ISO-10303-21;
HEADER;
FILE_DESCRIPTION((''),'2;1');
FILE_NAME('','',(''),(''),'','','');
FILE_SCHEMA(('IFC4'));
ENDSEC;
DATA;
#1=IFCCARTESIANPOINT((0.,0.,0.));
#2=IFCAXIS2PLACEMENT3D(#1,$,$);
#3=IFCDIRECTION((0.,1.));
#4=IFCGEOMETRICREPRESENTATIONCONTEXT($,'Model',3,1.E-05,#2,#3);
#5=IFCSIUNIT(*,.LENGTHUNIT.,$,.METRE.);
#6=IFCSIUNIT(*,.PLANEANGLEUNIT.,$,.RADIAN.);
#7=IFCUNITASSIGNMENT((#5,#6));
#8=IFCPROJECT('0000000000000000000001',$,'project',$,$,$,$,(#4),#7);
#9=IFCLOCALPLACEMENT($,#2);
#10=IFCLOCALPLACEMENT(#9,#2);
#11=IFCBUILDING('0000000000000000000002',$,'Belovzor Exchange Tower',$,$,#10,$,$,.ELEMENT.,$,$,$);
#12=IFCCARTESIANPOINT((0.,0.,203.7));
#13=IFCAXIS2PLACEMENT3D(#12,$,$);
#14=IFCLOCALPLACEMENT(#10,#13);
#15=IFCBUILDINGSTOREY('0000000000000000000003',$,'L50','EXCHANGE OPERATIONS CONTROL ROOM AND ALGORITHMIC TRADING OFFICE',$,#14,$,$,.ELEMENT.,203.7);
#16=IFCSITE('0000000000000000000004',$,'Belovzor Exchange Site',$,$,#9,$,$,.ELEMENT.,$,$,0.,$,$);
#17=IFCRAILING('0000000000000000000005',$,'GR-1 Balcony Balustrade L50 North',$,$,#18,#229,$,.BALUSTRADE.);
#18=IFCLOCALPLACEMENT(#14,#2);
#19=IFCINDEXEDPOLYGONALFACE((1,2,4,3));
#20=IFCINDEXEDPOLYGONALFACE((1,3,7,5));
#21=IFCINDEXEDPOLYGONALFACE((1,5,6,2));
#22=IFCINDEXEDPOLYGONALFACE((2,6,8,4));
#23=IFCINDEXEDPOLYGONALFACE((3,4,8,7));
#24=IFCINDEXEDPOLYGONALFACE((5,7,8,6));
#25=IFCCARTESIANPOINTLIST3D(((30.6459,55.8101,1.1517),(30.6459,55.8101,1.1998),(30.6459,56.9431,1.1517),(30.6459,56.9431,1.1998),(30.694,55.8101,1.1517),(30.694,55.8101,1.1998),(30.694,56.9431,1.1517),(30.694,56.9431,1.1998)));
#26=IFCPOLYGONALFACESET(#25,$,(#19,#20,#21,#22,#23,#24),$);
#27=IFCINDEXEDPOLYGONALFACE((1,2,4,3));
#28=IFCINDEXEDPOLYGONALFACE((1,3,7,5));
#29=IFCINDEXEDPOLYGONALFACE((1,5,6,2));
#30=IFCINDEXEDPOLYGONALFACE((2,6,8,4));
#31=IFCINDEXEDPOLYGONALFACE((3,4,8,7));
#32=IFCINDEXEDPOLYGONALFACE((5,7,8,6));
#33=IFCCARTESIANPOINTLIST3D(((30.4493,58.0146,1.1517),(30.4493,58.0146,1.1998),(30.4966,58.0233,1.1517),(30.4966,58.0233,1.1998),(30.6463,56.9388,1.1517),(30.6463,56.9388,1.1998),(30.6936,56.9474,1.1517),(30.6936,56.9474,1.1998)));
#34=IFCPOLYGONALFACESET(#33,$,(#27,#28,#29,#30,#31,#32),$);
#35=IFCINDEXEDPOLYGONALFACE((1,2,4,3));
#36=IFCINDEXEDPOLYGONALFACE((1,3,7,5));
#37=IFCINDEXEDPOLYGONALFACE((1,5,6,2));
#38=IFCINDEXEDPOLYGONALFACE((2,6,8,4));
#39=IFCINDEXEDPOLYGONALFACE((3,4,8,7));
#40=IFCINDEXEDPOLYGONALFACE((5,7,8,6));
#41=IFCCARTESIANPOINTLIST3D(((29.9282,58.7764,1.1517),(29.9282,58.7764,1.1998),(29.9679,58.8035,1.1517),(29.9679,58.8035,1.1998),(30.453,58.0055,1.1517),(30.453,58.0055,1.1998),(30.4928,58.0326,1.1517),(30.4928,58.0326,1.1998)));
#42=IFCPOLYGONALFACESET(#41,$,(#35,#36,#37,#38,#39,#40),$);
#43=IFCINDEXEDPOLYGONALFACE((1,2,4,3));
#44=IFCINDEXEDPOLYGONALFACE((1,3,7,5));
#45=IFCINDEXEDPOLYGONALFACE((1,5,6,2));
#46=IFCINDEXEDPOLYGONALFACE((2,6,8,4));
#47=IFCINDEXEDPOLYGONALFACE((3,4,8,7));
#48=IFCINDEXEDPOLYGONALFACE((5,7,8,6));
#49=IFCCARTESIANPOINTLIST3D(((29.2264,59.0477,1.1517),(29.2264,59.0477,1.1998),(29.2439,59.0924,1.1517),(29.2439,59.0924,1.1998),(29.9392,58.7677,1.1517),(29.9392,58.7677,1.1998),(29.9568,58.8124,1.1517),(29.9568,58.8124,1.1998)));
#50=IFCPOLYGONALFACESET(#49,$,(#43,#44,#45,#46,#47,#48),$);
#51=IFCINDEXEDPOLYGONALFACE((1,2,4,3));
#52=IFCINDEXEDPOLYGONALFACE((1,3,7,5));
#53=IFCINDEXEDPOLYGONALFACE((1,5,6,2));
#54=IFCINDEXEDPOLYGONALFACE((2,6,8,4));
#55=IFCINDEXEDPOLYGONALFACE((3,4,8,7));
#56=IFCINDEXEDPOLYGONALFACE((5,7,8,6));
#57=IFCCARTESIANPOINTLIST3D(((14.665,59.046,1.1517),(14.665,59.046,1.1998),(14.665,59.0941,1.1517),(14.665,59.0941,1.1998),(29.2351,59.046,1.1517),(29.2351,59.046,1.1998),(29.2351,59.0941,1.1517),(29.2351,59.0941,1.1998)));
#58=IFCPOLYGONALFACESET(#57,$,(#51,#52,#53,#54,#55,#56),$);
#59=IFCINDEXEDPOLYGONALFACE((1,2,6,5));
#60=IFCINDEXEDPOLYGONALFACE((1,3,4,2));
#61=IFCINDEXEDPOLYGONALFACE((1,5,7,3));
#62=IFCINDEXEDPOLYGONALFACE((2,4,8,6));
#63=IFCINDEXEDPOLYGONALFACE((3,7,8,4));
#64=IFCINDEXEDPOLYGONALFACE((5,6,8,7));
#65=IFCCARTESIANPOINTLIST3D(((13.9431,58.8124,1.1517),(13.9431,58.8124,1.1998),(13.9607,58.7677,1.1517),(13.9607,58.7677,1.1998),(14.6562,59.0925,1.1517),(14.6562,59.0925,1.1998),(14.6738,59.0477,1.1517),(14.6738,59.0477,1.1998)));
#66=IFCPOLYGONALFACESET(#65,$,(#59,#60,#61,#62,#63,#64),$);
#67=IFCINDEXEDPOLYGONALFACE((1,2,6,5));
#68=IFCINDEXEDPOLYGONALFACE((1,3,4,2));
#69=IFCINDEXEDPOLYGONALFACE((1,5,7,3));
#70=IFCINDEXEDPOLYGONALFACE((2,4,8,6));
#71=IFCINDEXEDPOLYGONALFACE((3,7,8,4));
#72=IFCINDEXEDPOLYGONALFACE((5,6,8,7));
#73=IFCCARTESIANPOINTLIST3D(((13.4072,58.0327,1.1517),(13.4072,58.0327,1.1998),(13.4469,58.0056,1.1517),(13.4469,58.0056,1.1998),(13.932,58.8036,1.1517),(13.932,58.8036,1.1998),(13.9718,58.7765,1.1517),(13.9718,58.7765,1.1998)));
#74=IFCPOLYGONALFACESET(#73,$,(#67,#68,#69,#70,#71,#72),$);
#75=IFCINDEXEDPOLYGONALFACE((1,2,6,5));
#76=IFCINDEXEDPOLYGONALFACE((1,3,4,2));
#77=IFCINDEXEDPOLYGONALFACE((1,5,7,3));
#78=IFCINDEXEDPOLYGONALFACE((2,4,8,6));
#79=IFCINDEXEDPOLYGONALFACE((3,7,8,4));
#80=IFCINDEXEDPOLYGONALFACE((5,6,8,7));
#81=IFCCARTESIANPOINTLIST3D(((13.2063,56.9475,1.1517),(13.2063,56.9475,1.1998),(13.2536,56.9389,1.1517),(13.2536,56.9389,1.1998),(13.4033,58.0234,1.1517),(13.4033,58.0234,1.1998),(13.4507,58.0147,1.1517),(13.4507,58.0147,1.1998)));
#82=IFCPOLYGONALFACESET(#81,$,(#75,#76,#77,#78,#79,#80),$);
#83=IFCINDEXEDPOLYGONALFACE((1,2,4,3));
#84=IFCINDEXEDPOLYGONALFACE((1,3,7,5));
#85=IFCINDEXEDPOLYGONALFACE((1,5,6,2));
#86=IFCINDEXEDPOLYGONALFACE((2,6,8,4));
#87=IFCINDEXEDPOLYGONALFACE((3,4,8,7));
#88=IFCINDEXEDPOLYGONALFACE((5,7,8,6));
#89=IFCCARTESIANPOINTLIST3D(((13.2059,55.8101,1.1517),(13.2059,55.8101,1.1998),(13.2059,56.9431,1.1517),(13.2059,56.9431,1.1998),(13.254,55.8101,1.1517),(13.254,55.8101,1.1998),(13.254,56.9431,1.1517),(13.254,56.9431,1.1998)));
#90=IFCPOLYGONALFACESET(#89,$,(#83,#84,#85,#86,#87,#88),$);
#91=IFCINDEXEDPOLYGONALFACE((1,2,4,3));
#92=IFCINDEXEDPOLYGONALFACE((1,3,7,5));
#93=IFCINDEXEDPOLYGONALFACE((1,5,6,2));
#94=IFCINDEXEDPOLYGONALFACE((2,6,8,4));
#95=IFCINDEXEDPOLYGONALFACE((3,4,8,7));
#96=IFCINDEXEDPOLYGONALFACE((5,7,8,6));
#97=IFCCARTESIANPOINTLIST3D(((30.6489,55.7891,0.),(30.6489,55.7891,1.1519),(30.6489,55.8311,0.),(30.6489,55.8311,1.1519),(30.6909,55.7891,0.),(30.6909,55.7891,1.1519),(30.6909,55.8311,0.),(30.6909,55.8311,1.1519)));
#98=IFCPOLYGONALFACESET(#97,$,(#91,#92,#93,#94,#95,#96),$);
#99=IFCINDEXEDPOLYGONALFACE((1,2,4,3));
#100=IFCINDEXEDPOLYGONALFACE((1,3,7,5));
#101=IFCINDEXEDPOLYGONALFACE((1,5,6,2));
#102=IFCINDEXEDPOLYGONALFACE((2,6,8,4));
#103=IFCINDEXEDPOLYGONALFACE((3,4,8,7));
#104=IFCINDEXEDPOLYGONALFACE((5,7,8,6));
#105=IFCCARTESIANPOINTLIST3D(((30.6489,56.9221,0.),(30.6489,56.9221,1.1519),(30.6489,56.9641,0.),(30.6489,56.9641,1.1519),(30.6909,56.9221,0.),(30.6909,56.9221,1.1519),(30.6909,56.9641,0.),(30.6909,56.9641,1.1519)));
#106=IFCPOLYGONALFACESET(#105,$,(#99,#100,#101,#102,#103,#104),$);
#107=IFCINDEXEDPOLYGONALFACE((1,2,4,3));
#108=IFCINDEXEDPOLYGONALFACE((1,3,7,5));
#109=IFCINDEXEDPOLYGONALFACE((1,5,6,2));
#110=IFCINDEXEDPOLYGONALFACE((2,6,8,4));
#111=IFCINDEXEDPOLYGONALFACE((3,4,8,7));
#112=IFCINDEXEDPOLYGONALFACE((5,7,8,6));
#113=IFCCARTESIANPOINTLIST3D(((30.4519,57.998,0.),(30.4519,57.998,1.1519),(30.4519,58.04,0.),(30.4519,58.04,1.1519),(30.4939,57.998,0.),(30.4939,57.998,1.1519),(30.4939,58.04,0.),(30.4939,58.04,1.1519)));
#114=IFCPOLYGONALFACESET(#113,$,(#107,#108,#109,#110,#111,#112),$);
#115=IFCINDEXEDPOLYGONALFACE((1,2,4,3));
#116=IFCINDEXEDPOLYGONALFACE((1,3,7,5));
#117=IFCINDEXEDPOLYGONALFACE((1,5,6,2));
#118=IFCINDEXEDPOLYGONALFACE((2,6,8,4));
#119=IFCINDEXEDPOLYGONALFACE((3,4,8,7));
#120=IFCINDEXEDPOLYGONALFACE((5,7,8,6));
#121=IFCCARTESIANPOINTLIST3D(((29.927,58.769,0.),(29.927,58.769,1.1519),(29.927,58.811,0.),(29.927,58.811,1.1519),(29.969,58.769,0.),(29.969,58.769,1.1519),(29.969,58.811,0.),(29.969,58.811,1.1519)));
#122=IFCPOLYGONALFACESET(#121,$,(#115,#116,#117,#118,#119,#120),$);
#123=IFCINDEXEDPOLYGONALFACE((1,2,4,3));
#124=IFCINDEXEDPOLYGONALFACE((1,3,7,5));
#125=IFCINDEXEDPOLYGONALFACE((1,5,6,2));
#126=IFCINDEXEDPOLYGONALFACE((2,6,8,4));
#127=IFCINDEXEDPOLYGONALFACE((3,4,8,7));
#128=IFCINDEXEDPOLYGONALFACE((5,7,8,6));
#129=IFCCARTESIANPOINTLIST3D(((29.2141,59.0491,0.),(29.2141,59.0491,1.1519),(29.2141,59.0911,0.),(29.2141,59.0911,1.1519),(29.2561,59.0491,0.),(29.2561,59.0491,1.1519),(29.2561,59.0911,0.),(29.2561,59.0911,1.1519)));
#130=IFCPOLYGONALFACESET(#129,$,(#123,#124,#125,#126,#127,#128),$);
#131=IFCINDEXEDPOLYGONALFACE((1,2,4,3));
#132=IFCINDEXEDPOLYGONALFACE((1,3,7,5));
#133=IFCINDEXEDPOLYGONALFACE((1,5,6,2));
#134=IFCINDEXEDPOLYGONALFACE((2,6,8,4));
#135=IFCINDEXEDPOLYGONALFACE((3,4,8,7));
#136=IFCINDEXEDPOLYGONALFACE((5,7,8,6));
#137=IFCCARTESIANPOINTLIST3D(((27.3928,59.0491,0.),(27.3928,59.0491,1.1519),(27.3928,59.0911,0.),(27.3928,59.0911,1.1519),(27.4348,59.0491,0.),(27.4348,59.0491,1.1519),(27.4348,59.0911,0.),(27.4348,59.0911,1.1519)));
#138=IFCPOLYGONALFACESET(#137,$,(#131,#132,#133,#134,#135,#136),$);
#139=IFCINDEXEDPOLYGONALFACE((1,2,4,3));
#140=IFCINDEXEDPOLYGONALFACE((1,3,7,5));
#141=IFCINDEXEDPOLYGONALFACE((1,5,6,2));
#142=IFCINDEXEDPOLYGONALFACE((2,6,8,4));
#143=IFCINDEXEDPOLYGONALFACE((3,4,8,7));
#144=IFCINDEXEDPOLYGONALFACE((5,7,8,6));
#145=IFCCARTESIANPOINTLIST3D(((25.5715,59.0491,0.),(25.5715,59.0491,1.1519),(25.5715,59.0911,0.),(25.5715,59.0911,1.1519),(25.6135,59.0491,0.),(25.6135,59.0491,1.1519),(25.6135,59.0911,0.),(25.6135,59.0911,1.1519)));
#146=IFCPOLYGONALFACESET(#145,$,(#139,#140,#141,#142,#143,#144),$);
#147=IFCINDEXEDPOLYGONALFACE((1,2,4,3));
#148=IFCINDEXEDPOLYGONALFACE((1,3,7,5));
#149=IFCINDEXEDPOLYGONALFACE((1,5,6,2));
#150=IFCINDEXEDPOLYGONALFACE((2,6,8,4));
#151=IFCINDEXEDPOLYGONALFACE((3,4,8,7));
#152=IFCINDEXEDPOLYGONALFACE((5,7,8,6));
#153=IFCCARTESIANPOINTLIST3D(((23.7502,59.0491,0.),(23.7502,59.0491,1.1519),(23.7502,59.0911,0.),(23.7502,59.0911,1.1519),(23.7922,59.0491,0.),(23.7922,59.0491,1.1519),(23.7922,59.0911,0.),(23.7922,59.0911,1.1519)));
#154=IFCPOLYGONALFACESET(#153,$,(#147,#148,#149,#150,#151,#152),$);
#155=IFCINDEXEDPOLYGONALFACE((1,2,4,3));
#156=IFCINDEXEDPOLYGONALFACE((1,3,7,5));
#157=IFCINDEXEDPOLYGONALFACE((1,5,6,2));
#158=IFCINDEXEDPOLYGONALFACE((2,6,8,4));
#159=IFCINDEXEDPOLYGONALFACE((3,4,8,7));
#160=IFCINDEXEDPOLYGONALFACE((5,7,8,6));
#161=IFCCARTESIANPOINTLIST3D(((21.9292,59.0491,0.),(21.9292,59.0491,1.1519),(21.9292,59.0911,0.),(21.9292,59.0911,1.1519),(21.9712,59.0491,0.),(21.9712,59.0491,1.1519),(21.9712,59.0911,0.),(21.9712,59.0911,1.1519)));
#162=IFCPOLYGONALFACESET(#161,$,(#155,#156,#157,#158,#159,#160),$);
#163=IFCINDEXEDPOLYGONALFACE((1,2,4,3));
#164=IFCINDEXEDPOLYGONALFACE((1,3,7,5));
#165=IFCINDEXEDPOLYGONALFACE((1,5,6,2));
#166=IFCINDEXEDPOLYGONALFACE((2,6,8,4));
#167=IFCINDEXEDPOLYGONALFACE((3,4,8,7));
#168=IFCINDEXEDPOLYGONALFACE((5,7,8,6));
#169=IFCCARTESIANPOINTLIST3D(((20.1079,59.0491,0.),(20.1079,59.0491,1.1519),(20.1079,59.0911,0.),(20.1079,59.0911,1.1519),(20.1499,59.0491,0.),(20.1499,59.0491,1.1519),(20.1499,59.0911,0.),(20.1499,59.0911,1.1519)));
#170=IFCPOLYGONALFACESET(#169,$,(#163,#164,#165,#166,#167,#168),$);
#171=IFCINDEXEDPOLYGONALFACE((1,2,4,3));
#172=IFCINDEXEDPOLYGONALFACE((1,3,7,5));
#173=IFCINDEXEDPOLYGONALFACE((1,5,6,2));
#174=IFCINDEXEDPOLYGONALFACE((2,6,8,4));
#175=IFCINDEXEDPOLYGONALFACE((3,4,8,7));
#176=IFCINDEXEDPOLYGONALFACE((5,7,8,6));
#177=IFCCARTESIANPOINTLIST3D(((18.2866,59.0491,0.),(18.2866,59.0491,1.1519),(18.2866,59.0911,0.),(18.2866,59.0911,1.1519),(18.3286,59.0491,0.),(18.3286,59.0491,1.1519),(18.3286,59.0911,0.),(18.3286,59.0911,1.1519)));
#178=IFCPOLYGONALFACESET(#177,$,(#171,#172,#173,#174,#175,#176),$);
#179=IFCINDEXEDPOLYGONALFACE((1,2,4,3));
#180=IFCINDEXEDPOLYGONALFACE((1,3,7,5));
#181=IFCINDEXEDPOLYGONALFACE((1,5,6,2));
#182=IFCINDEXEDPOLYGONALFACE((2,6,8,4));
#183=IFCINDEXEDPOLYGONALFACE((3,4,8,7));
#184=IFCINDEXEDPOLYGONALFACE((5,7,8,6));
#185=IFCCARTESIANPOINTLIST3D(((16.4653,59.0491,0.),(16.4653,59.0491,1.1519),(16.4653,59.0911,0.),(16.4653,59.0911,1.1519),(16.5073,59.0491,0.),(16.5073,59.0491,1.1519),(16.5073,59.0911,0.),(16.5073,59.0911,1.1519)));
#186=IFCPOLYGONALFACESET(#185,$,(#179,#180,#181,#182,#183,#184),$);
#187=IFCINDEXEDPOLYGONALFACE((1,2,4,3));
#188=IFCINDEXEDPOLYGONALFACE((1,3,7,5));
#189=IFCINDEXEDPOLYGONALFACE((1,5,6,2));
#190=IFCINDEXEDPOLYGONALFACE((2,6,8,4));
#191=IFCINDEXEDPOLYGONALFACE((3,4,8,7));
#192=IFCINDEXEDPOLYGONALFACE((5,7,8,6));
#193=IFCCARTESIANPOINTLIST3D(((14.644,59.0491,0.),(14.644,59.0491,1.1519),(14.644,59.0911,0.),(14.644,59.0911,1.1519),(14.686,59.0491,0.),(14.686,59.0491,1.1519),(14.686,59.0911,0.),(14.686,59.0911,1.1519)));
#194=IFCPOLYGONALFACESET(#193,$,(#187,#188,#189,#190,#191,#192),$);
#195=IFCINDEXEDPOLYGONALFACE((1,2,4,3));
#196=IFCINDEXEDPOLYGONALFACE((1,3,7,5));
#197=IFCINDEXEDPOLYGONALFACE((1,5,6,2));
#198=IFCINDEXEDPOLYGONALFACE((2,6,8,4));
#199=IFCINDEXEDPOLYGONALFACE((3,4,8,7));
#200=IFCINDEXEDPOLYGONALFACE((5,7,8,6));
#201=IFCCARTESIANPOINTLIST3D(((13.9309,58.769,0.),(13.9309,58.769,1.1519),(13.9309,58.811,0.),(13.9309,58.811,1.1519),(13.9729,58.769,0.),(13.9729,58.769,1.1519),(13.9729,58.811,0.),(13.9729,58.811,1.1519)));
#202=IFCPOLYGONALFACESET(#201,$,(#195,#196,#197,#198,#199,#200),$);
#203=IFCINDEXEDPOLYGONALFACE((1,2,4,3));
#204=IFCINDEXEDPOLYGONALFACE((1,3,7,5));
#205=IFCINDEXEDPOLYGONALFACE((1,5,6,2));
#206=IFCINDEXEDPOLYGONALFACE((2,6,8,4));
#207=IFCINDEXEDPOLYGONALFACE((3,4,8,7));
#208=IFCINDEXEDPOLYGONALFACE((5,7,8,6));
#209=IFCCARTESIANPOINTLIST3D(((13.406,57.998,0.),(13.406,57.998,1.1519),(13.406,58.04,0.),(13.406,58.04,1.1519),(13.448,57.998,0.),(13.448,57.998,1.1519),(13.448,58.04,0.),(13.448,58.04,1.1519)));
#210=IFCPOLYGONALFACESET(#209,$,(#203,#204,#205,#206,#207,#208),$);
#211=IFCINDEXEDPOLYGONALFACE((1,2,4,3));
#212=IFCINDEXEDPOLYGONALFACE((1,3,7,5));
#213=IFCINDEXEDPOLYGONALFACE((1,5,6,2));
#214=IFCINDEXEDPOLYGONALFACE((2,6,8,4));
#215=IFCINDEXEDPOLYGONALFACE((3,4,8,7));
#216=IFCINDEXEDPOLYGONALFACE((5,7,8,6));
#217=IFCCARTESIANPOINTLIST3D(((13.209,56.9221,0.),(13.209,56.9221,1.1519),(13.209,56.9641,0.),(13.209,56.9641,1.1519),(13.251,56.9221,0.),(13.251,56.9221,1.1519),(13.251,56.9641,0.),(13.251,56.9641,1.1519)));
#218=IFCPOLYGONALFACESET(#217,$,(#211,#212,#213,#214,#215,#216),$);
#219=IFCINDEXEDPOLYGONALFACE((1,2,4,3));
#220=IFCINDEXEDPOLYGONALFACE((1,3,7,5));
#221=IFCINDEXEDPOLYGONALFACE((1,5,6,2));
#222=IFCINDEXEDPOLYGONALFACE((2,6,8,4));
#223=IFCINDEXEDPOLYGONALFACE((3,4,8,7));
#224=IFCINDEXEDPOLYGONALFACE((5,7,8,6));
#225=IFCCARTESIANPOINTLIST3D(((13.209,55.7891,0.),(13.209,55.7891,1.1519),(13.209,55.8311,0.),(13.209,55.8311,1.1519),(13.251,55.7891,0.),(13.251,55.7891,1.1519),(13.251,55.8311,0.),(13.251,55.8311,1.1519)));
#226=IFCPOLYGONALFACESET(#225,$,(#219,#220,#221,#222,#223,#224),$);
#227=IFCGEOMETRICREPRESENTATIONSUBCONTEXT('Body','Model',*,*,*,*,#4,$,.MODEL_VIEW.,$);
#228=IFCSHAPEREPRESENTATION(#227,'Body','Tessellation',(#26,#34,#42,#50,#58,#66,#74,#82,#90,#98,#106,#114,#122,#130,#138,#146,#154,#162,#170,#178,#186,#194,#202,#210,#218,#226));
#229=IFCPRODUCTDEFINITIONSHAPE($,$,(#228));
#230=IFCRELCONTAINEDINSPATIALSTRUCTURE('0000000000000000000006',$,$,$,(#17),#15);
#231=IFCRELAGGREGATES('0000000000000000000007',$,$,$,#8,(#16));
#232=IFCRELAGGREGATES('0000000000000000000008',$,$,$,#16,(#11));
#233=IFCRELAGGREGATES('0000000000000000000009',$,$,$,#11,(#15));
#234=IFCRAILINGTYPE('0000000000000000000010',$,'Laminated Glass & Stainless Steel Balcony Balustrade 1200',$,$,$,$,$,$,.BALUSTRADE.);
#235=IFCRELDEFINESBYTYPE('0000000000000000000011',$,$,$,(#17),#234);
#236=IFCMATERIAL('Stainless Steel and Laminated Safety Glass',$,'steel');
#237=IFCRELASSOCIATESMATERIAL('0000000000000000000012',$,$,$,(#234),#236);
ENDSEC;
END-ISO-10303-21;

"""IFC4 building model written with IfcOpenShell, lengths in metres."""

from ifc_helpers import new_model, si_unit, direction, frame, origin, origin_2d, place, context, subcontext, project, spatial, rectangle, extrude, material, type_object, element, save


model = new_model("IFC4")

# Units and contexts
model_context = context("Model", 3, precision=1e-05, world=origin(), true_north=direction((0.0, 1.0)))
body_context = subcontext(model_context, "Body", "Model", "MODEL_VIEW")
ifc_project = project(units=[si_unit("LENGTHUNIT", "METRE"), si_unit("PLANEANGLEUNIT", "RADIAN")], contexts=[model_context])

# Site, building, storey
site_placement = place(None, origin())
site = spatial("IfcSite", under=ifc_project, at=site_placement, Name="Belovzor Exchange Site", CompositionType="ELEMENT", RefElevation=0.0)
building_placement = place(site_placement, origin())
building = spatial("IfcBuilding", under=site, at=building_placement, Name="Belovzor Exchange Tower", CompositionType="ELEMENT")
storey_placement = place(building_placement, frame((0.0, 0.0, 203.7)))
storey = spatial("IfcBuildingStorey", under=building, at=storey_placement, Name="L50", Description="EXCHANGE OPERATIONS CONTROL ROOM AND ALGORITHMIC TRADING OFFICE", CompositionType="ELEMENT", Elevation=203.7)

# Railing
ifc_material_1 = material(Name="Stainless Steel and Laminated Safety Glass", Category="steel")
railing_type = type_object("IfcRailingType", Name="Laminated Glass & Stainless Steel Balcony Balustrade 1200", PredefinedType="BALUSTRADE", material=ifc_material_1)
railing_placement = place(storey_placement, frame((30.6699, 55.8101, 0.0)))
element("IfcRailing", 1, at=railing_placement, inside=storey, type_object=railing_type, Name="GR-1 Balcony Balustrade L50 North", PredefinedType="BALUSTRADE", context=body_context, shape_type="SweptSolid", body=[
    extrude(rectangle(XDim=0.0481, YDim=0.0481, at=origin_2d()), frame((0.0, 0.0, 1.1758), z_axis=(0.0, 1.0, 0.0), x_axis=(-1.0, 0.0, 0.0)), (0.0, 0.0, 1.0), 1.1331),
    extrude(rectangle(XDim=0.0481, YDim=0.0481, at=origin_2d()), frame((0.0, 1.1331, 1.1758), z_axis=(-0.180123, 0.983644, 0.0), x_axis=(-0.983644, -0.180123, 0.0)), (0.0, 0.0, 1.0), 1.0938),
    extrude(rectangle(XDim=0.0481, YDim=0.0481, at=origin_2d()), frame((-0.197, 2.209, 1.1758), z_axis=(-0.562768, 0.826615, 0.0), x_axis=(-0.826615, -0.562768, 0.0)), (0.0, 0.0, 1.0), 0.9326),
    extrude(rectangle(XDim=0.0481, YDim=0.0481, at=origin_2d()), frame((-0.7219, 2.98, 1.1758), z_axis=(-0.930767, 0.365613, 0.0), x_axis=(-0.365613, -0.930767, 0.0)), (0.0, 0.0, 1.0), 0.7659),
    extrude(rectangle(XDim=0.0481, YDim=0.0481, at=origin_2d()), frame((-1.4348, 3.26, 1.1758), z_axis=(-1.0, 0.0, 0.0), x_axis=(0.0, -1.0, 0.0)), (0.0, 0.0, 1.0), 14.5701),
    extrude(rectangle(XDim=0.0481, YDim=0.0481, at=origin_2d()), frame((-16.0049, 3.26, 1.1758), z_axis=(-0.93081, -0.365504, 0.0), x_axis=(0.365504, -0.93081, 0.0)), (0.0, 0.0, 1.0), 0.7661),
    extrude(rectangle(XDim=0.0481, YDim=0.0481, at=origin_2d()), frame((-16.718, 2.98, 1.1758), z_axis=(-0.562768, -0.826615, 0.0), x_axis=(0.826615, -0.562768, 0.0)), (0.0, 0.0, 1.0), 0.9326),
    extrude(rectangle(XDim=0.0481, YDim=0.0481, at=origin_2d()), frame((-17.2429, 2.209, 1.1758), z_axis=(-0.180123, -0.983644, 0.0), x_axis=(0.983644, -0.180123, 0.0)), (0.0, 0.0, 1.0), 1.0938),
    extrude(rectangle(XDim=0.0481, YDim=0.0481, at=origin_2d()), frame((-17.4399, 1.1331, 1.1758), z_axis=(0.0, -1.0, 0.0), x_axis=(1.0, 0.0, 0.0)), (0.0, 0.0, 1.0), 1.1331),
    extrude(rectangle(XDim=0.042, YDim=0.042, at=origin_2d()), origin(), (0.0, 0.0, 1.0), 1.1519),
    extrude(rectangle(XDim=0.042, YDim=0.042, at=origin_2d()), frame((0.0, 1.1331, 0.0)), (0.0, 0.0, 1.0), 1.1519),
    extrude(rectangle(XDim=0.042, YDim=0.042, at=origin_2d()), frame((-0.197, 2.209, 0.0)), (0.0, 0.0, 1.0), 1.1519),
    extrude(rectangle(XDim=0.042, YDim=0.042, at=origin_2d()), frame((-0.7219, 2.98, 0.0)), (0.0, 0.0, 1.0), 1.1519),
    extrude(rectangle(XDim=0.042, YDim=0.042, at=origin_2d()), frame((-1.4348, 3.26, 0.0)), (0.0, 0.0, 1.0), 1.1519),
    extrude(rectangle(XDim=0.042, YDim=0.042, at=origin_2d()), frame((-3.2561, 3.26, 0.0)), (0.0, 0.0, 1.0), 1.1519),
    extrude(rectangle(XDim=0.042, YDim=0.042, at=origin_2d()), frame((-5.0774, 3.26, 0.0)), (0.0, 0.0, 1.0), 1.1519),
    extrude(rectangle(XDim=0.042, YDim=0.042, at=origin_2d()), frame((-6.8987, 3.26, 0.0)), (0.0, 0.0, 1.0), 1.1519),
    extrude(rectangle(XDim=0.042, YDim=0.042, at=origin_2d()), frame((-8.7197, 3.26, 0.0)), (0.0, 0.0, 1.0), 1.1519),
    extrude(rectangle(XDim=0.042, YDim=0.042, at=origin_2d()), frame((-10.541, 3.26, 0.0)), (0.0, 0.0, 1.0), 1.1519),
    extrude(rectangle(XDim=0.042, YDim=0.042, at=origin_2d()), frame((-12.3623, 3.26, 0.0)), (0.0, 0.0, 1.0), 1.1519),
    extrude(rectangle(XDim=0.042, YDim=0.042, at=origin_2d()), frame((-14.1836, 3.26, 0.0)), (0.0, 0.0, 1.0), 1.1519),
    extrude(rectangle(XDim=0.042, YDim=0.042, at=origin_2d()), frame((-16.0049, 3.26, 0.0)), (0.0, 0.0, 1.0), 1.1519),
    extrude(rectangle(XDim=0.042, YDim=0.042, at=origin_2d()), frame((-16.718, 2.98, 0.0)), (0.0, 0.0, 1.0), 1.1519),
    extrude(rectangle(XDim=0.042, YDim=0.042, at=origin_2d()), frame((-17.2429, 2.209, 0.0)), (0.0, 0.0, 1.0), 1.1519),
    extrude(rectangle(XDim=0.042, YDim=0.042, at=origin_2d()), frame((-17.4399, 1.1331, 0.0)), (0.0, 0.0, 1.0), 1.1519),
    extrude(rectangle(XDim=0.042, YDim=0.042, at=origin_2d()), frame((-17.4399, 0.0, 0.0)), (0.0, 0.0, 1.0), 1.1519),
])

save(model, "model.ifc")
